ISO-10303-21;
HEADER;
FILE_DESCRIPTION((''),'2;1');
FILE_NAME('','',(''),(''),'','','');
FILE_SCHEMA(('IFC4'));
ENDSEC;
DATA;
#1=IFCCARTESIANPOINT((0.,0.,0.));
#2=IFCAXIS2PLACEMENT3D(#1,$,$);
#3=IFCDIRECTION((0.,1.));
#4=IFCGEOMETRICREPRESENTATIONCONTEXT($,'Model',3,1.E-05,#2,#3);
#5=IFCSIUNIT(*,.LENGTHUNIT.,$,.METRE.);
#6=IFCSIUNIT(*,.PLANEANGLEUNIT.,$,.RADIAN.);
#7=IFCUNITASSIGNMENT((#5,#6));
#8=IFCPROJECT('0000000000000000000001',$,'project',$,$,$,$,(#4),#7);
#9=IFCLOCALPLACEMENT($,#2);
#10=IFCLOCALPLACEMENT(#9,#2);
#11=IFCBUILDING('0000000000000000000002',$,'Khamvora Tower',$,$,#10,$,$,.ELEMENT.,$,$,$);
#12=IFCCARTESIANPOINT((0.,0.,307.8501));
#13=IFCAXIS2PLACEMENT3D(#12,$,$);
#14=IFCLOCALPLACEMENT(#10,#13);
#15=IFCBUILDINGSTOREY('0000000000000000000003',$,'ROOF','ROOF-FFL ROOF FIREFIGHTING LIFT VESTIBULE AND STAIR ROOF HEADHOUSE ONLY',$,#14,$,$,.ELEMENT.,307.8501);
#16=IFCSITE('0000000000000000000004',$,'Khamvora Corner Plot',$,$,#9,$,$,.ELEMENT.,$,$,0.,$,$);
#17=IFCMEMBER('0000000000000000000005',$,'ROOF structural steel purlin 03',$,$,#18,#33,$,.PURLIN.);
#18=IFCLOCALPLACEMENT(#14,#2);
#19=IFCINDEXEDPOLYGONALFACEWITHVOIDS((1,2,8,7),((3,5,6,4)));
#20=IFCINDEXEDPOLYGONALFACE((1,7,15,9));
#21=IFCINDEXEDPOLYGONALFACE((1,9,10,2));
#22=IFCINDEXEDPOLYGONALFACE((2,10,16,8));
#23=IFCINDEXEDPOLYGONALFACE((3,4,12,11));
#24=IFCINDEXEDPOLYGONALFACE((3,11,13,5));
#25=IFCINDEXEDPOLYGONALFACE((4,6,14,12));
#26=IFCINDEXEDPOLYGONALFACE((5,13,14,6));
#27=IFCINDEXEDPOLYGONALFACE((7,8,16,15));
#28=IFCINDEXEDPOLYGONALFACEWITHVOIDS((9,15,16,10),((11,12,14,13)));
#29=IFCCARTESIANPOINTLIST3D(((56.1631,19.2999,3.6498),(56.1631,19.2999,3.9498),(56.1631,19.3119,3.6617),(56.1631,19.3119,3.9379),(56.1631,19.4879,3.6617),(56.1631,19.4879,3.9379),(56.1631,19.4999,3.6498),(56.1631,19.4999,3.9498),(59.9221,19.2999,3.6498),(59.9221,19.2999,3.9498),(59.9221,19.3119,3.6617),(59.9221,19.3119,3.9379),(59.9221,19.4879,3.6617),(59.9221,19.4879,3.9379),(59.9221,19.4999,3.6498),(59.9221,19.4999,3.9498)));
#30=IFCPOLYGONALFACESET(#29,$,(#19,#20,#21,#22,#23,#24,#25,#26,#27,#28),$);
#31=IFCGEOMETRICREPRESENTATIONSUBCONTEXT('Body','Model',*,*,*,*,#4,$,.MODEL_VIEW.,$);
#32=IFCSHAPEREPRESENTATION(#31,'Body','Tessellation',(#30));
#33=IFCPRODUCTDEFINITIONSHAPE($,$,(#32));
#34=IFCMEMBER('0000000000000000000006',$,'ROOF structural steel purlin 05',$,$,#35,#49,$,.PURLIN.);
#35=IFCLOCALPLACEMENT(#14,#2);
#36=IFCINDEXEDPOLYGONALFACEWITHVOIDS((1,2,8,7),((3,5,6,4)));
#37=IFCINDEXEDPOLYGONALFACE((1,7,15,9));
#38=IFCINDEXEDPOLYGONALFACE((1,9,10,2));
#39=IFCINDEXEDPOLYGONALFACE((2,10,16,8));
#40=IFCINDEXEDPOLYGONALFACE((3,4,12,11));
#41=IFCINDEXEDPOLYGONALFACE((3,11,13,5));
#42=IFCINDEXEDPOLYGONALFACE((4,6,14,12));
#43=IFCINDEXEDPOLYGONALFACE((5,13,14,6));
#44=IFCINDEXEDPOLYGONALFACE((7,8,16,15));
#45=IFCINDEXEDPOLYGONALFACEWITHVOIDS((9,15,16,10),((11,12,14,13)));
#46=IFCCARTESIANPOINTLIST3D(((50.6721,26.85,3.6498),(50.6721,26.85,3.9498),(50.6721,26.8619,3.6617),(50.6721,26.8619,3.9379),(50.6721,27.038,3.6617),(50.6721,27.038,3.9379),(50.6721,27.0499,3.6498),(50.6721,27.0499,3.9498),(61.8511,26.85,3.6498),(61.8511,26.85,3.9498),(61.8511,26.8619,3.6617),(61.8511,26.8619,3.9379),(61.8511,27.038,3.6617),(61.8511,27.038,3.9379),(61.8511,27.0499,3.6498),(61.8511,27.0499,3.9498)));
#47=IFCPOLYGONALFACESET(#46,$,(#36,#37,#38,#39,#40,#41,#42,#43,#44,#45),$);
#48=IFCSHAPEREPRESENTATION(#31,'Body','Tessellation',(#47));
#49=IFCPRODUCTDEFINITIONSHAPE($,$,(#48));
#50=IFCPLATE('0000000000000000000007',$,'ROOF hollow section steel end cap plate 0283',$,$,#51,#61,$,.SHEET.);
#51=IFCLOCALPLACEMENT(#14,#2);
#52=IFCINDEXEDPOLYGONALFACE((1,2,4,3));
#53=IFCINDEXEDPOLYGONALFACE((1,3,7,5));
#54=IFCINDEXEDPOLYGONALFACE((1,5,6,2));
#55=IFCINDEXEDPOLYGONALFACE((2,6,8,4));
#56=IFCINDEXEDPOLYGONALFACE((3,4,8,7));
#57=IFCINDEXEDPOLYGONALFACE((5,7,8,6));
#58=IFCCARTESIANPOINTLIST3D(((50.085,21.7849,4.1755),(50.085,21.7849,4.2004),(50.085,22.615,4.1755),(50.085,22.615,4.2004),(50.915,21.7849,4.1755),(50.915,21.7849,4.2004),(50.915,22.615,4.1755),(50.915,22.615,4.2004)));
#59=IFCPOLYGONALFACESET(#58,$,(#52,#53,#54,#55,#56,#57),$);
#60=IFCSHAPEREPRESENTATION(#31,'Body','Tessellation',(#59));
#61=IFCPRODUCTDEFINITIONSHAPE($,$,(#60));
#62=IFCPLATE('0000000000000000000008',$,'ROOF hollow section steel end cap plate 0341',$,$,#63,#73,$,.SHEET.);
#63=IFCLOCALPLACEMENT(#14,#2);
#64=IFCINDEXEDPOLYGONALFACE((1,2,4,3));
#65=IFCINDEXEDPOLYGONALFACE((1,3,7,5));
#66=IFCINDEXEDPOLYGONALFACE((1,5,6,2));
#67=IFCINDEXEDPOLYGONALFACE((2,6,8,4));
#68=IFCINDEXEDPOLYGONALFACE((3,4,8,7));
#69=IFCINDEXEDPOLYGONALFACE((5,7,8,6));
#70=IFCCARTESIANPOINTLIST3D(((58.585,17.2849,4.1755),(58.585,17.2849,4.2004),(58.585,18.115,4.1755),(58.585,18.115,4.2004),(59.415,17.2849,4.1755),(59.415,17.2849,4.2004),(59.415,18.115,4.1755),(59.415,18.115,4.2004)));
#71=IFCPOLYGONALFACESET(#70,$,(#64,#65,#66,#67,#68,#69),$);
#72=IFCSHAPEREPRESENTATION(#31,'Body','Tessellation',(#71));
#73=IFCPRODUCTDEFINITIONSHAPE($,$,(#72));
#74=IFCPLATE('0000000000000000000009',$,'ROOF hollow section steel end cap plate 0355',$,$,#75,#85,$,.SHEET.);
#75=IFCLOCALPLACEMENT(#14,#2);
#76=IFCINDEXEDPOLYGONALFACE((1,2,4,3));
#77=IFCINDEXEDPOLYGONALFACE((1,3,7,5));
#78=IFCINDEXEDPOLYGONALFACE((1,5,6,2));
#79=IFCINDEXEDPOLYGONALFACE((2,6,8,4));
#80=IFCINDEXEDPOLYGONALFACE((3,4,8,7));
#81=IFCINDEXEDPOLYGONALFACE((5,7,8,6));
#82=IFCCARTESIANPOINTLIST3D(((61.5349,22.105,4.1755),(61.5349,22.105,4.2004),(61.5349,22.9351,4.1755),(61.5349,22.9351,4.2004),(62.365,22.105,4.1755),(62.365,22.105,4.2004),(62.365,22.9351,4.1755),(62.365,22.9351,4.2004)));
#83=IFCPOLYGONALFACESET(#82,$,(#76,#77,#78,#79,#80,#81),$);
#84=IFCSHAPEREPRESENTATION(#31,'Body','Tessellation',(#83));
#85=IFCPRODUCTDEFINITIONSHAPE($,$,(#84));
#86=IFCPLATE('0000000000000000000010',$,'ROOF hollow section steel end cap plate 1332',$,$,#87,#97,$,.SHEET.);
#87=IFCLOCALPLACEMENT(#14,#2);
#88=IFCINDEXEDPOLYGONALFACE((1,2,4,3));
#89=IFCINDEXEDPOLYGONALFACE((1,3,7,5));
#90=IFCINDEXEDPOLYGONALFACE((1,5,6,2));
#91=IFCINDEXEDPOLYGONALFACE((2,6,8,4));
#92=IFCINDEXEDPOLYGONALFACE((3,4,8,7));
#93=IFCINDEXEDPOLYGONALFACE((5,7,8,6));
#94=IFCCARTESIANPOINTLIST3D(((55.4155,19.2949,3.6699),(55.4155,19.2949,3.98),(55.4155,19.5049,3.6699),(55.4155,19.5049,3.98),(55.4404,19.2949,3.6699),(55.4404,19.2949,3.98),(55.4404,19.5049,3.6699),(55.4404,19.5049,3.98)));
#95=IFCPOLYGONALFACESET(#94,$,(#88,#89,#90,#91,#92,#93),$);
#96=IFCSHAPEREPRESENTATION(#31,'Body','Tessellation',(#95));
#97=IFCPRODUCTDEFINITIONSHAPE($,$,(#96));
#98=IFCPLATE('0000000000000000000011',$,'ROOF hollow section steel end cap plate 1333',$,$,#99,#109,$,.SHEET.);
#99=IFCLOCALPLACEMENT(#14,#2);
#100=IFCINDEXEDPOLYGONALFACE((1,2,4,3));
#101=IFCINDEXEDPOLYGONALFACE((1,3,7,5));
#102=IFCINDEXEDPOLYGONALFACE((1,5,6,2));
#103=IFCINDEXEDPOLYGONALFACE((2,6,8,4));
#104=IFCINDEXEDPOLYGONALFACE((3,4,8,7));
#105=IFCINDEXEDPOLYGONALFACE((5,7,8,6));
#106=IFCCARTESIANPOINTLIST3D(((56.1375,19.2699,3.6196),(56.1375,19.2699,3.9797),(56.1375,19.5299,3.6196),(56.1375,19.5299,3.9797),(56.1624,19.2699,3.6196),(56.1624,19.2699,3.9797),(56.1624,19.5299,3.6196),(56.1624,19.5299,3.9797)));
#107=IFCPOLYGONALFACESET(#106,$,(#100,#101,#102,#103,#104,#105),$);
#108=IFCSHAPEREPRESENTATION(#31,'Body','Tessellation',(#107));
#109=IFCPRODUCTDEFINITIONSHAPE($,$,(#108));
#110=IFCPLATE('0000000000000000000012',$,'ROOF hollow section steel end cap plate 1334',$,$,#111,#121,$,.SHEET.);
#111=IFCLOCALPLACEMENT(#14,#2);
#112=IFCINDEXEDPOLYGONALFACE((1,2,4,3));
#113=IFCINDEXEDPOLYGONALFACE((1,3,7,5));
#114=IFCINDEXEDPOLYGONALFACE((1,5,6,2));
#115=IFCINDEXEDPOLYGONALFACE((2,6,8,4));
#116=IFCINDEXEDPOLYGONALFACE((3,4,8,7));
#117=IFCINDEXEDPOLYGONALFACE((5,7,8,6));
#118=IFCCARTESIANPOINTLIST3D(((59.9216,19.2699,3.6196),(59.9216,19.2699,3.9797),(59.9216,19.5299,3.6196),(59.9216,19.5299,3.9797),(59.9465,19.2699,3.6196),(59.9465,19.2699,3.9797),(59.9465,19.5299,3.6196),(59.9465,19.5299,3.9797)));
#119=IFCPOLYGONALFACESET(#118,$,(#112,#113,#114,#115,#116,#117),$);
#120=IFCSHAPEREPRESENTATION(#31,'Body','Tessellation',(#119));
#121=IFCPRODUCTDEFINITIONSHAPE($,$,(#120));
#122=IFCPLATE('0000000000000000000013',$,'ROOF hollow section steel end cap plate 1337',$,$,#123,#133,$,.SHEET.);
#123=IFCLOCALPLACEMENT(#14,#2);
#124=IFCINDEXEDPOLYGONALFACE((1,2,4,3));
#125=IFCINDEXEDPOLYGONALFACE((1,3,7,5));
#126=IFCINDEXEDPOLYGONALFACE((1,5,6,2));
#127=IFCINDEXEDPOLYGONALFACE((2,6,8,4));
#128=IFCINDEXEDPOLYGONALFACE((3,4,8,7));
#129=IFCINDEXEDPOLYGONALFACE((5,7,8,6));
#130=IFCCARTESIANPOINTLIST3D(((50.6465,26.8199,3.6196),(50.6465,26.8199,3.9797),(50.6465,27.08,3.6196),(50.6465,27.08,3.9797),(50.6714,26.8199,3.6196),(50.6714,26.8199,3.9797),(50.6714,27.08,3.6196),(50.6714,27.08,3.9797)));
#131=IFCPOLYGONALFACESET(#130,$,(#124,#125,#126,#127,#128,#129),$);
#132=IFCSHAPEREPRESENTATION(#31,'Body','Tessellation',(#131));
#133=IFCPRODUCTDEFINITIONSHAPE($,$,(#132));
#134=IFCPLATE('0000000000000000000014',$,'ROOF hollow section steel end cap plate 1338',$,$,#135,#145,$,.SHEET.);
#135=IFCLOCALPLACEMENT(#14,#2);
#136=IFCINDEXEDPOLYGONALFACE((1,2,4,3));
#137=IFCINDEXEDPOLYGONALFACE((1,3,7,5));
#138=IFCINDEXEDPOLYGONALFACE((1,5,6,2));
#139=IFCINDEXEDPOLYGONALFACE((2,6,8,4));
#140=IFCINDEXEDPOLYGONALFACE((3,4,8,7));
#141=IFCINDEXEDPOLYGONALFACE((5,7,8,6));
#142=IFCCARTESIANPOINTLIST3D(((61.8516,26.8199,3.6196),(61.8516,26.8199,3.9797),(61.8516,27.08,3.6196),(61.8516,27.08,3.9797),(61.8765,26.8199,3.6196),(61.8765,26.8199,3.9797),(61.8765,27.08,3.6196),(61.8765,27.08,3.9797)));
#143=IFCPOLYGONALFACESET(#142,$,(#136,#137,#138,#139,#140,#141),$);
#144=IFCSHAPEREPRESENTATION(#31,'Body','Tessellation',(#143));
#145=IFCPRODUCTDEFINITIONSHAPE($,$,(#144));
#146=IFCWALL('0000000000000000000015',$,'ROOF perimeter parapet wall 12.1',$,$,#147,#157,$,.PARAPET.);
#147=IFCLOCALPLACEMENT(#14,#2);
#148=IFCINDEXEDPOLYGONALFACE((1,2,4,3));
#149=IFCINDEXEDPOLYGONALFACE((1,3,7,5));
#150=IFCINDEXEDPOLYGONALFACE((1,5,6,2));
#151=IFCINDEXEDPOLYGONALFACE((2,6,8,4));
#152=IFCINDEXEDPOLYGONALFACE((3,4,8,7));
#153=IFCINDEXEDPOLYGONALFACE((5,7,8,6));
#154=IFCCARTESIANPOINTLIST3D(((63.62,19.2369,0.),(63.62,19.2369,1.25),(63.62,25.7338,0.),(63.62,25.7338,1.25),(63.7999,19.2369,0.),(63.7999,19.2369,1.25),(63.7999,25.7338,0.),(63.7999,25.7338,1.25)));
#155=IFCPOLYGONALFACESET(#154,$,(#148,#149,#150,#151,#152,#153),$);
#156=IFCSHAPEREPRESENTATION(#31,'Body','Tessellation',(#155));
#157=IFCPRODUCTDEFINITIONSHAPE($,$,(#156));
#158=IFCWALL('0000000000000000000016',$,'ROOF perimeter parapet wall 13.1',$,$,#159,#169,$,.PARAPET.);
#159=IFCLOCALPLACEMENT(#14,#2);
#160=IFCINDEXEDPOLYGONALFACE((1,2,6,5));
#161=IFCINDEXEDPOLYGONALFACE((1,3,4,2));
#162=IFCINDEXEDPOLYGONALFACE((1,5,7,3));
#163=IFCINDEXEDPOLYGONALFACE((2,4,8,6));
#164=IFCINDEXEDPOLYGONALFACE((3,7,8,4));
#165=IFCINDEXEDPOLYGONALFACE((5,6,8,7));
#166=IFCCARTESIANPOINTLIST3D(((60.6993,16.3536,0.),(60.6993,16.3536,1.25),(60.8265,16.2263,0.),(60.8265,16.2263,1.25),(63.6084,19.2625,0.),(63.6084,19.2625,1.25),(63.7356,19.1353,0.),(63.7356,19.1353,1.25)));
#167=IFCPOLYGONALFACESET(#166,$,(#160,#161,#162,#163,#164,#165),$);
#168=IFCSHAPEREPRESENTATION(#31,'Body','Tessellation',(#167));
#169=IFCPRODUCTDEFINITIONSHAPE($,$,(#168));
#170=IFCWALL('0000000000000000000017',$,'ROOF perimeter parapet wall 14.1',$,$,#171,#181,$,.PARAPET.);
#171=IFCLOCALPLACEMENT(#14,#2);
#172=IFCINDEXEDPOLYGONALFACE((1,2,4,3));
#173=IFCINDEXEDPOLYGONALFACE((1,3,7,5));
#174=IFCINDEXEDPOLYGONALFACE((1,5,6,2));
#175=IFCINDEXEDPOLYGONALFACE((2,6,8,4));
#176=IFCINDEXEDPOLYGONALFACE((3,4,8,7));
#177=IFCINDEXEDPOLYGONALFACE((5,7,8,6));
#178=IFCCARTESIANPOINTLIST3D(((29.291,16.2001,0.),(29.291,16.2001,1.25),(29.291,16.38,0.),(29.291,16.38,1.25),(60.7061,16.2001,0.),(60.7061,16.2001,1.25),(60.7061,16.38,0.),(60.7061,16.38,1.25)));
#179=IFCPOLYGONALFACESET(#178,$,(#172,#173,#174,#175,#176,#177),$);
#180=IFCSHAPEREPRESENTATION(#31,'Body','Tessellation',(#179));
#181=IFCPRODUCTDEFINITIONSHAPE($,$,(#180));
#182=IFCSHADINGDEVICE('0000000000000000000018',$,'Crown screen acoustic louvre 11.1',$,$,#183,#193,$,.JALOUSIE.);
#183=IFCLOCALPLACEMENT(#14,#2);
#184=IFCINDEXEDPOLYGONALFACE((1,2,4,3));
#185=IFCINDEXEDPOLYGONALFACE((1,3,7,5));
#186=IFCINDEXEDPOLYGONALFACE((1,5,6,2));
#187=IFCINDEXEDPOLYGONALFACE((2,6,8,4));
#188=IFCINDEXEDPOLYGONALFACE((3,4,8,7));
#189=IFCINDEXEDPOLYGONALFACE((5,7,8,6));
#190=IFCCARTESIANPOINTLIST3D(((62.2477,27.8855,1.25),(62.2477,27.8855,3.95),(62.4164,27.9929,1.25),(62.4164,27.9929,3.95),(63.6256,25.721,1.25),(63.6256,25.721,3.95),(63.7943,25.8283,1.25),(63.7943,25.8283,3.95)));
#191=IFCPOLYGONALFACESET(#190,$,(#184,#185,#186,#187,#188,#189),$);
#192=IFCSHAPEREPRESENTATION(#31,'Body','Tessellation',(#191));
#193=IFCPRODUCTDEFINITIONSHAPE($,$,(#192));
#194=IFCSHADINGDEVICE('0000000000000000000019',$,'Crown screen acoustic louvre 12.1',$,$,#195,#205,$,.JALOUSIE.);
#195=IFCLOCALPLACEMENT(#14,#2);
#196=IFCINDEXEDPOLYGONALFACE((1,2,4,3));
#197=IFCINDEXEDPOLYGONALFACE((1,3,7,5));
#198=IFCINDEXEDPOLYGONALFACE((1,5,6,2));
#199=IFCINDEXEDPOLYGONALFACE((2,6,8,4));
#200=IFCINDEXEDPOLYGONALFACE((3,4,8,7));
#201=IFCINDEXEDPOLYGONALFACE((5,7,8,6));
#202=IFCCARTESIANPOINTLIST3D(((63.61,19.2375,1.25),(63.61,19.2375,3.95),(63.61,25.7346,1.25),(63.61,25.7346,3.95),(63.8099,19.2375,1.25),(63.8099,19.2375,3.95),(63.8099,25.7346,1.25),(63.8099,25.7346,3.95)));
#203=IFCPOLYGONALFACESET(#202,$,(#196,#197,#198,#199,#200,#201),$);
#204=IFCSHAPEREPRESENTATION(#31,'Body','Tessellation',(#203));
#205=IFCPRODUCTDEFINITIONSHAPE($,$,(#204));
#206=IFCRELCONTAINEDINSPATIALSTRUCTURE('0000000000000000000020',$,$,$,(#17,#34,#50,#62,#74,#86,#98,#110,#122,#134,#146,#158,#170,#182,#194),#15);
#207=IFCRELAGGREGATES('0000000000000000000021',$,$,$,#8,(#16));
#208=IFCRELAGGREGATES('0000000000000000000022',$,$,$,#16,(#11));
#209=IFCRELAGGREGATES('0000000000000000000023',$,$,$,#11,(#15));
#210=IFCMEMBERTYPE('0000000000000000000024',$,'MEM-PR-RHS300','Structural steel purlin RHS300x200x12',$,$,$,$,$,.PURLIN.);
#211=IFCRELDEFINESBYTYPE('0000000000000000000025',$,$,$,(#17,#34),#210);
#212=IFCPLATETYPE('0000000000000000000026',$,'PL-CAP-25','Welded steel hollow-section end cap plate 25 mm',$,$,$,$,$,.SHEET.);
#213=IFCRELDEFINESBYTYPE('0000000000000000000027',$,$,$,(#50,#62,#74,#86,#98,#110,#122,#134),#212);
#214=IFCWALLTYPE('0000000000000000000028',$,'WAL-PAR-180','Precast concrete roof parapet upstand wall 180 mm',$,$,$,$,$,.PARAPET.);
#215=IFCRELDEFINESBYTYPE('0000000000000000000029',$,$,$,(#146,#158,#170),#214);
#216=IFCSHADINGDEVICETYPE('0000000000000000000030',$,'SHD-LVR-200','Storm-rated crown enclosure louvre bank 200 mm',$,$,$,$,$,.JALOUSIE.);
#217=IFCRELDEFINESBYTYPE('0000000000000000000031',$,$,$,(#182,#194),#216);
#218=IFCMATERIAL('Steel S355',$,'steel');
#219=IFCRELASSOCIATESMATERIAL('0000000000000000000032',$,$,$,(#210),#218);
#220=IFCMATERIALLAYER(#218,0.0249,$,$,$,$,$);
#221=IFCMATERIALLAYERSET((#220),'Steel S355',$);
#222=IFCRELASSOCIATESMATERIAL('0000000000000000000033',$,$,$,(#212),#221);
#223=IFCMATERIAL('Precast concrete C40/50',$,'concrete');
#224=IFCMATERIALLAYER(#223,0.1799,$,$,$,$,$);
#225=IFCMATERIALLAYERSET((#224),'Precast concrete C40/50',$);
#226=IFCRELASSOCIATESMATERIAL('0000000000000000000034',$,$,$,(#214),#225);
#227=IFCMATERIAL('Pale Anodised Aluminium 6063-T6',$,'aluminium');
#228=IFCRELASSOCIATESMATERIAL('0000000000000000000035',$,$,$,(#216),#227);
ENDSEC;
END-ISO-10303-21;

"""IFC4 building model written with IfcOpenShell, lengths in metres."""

from ifc_helpers import new_model, si_unit, direction, frame, frame_2d, origin, origin_2d, place, context, subcontext, project, spatial, rectangle, hollow_rectangle, extrude, material, layer, layer_set, material_profile, profile_set, type_object, element, save


model = new_model("IFC4")

# Units and contexts
model_context = context("Model", 3, precision=1e-05, world=origin(), true_north=direction((0.0, 1.0)))
body_context = subcontext(model_context, "Body", "Model", "MODEL_VIEW")
ifc_project = project(units=[si_unit("LENGTHUNIT", "METRE"), si_unit("PLANEANGLEUNIT", "RADIAN")], contexts=[model_context])

# Site, building, storey
site_placement = place(None, origin())
site = spatial("IfcSite", under=ifc_project, at=site_placement, Name="Khamvora Corner Plot", CompositionType="ELEMENT", RefElevation=0.0)
building_placement = place(site_placement, origin())
building = spatial("IfcBuilding", under=site, at=building_placement, Name="Khamvora Tower", CompositionType="ELEMENT")
storey_placement = place(building_placement, frame((0.0, 0.0, 307.8501)))
storey = spatial("IfcBuildingStorey", under=building, at=storey_placement, Name="ROOF", Description="ROOF-FFL ROOF FIREFIGHTING LIFT VESTIBULE AND STAIR ROOF HEADHOUSE ONLY", CompositionType="ELEMENT", Elevation=307.8501)

# Shared definitions
ifc_material_1 = material(Name="Steel S355", Category="steel")

# Members
ifc_material_profile_1 = material_profile(ifc_material_1, hollow_rectangle(XDim=0.2, YDim=0.3, WallThickness=0.012, at=origin_2d()), Name="RHS300x200x12")
ifc_profile_set_1 = profile_set([ifc_material_profile_1], Name="Steel S355")
member_type = type_object("IfcMemberType", Name="MEM-PR-RHS300", Description="Structural steel purlin RHS300x200x12", PredefinedType="PURLIN", material=ifc_profile_set_1)
member_1_placement = place(storey_placement, frame((56.1631, 19.3999, 3.7998), z_axis=(1.0, 0.0, 0.0), x_axis=(0.0, 1.0, 0.0)))
element("IfcMember", 1, at=member_1_placement, inside=storey, type_object=member_type, Name="ROOF structural steel purlin 03", PredefinedType="PURLIN", context=body_context, shape_type="SweptSolid", body=[
    extrude(hollow_rectangle(XDim=0.2, YDim=0.3, WallThickness=0.012, at=origin_2d()), origin(), (0.0, 0.0, 1.0), 3.759),
])
member_2_placement = place(storey_placement, frame((50.6721, 26.95, 3.7998), z_axis=(1.0, 0.0, 0.0), x_axis=(0.0, 1.0, 0.0)))
element("IfcMember", 2, at=member_2_placement, inside=storey, type_object=member_type, Name="ROOF structural steel purlin 05", PredefinedType="PURLIN", context=body_context, shape_type="SweptSolid", body=[
    extrude(hollow_rectangle(XDim=0.2, YDim=0.3, WallThickness=0.012, at=origin_2d()), origin(), (0.0, 0.0, 1.0), 11.179),
])

# Plates
ifc_layer_1 = layer(ifc_material_1, 0.0249)
ifc_layer_set_1 = layer_set([ifc_layer_1], Name="Steel S355")
plate_type = type_object("IfcPlateType", Name="PL-CAP-25", Description="Welded steel hollow-section end cap plate 25 mm", PredefinedType="SHEET", material=ifc_layer_set_1)
for number, where, z_axis, x_axis, name in (
    (3, (50.5, 22.2, 4.1755), (0.0, 0.0, 1.0), (1.0, 0.0, 0.0), "ROOF hollow section steel end cap plate 0283"),
    (4, (59.0, 17.7, 4.1755), (0.0, 0.0, 1.0), (1.0, 0.0, 0.0), "ROOF hollow section steel end cap plate 0341"),
    (5, (61.95, 22.52, 4.1755), (0.0, 0.0, 1.0), (1.0, 0.0, 0.0), "ROOF hollow section steel end cap plate 0355"),
):
    element("IfcPlate", number, at=place(storey_placement, frame(where, z_axis=z_axis, x_axis=x_axis)), inside=storey, type_object=plate_type, Name=name, PredefinedType="SHEET", context=body_context, shape_type="SweptSolid", body=[
        extrude(rectangle(XDim=0.8301, YDim=0.8301, at=origin_2d()), origin(), (0.0, 0.0, 1.0), 0.0249),
    ])
plate_placement = place(storey_placement, frame((55.428, 19.3999, 3.6699), z_axis=(0.0, 0.0, 1.0), x_axis=(1.0, 0.0, 0.0)))
element("IfcPlate", 6, at=plate_placement, inside=storey, type_object=plate_type, Name="ROOF hollow section steel end cap plate 1332", PredefinedType="SHEET", context=body_context, shape_type="SweptSolid", body=[
    extrude(rectangle(XDim=0.0249, YDim=0.21, at=origin_2d()), origin(), (0.0, 0.0, 1.0), 0.3101),
])
for number, where, z_axis, x_axis, name in (
    (7, (56.1499, 19.3999, 3.6196), (0.0, 0.0, 1.0), (1.0, 0.0, 0.0), "ROOF hollow section steel end cap plate 1333"),
    (8, (59.9341, 19.3999, 3.6196), (0.0, 0.0, 1.0), (1.0, 0.0, 0.0), "ROOF hollow section steel end cap plate 1334"),
    (9, (50.6589, 26.95, 3.6196), (0.0, 0.0, 1.0), (1.0, 0.0, 0.0), "ROOF hollow section steel end cap plate 1337"),
    (10, (61.864, 26.95, 3.6196), (0.0, 0.0, 1.0), (1.0, 0.0, 0.0), "ROOF hollow section steel end cap plate 1338"),
):
    element("IfcPlate", number, at=place(storey_placement, frame(where, z_axis=z_axis, x_axis=x_axis)), inside=storey, type_object=plate_type, Name=name, PredefinedType="SHEET", context=body_context, shape_type="SweptSolid", body=[
        extrude(rectangle(XDim=0.0249, YDim=0.26, at=origin_2d()), origin(), (0.0, 0.0, 1.0), 0.3601),
    ])

# Walls
ifc_material_2 = material(Name="Precast concrete C40/50", Category="concrete")
ifc_layer_2 = layer(ifc_material_2, 0.1799)
ifc_layer_set_2 = layer_set([ifc_layer_2], Name="Precast concrete C40/50")
wall_type = type_object("IfcWallType", Name="WAL-PAR-180", Description="Precast concrete roof parapet upstand wall 180 mm", PredefinedType="PARAPET", material=ifc_layer_set_2)
wall_1_placement = place(storey_placement, frame((63.71, 25.7339, 0.0), z_axis=(0.0, 0.0, 1.0), x_axis=(0.0, -1.0, 0.0)))
element("IfcWall", 11, at=wall_1_placement, inside=storey, type_object=wall_type, Name="ROOF perimeter parapet wall 12.1", PredefinedType="PARAPET", context=body_context, shape_type="SweptSolid", body=[
    extrude(rectangle(XDim=6.4968, YDim=0.1799, at=frame_2d((3.2485, 0.0))), origin(), (0.0, 0.0, 1.0), 1.25),
])
wall_2_placement = place(storey_placement, frame((63.6721, 19.199, 0.0), z_axis=(0.0, 0.0, 1.0), x_axis=(-0.707136, -0.707077, 0.0)))
element("IfcWall", 12, at=wall_2_placement, inside=storey, type_object=wall_type, Name="ROOF perimeter parapet wall 13.1", PredefinedType="PARAPET", context=body_context, shape_type="SweptSolid", body=[
    extrude(rectangle(XDim=4.114, YDim=0.1799, at=frame_2d((2.0571, 0.0))), origin(), (0.0, 0.0, 1.0), 1.25),
])
wall_3_placement = place(storey_placement, frame((60.7061, 16.29, 0.0), z_axis=(0.0, 0.0, 1.0), x_axis=(-1.0, 0.0, 0.0)))
element("IfcWall", 13, at=wall_3_placement, inside=storey, type_object=wall_type, Name="ROOF perimeter parapet wall 14.1", PredefinedType="PARAPET", context=body_context, shape_type="SweptSolid", body=[
    extrude(rectangle(XDim=31.415, YDim=0.1799, at=frame_2d((15.7075, 0.0))), origin(), (0.0, 0.0, 1.0), 1.25),
])

# Shading devices
ifc_material_3 = material(Name="Pale Anodised Aluminium 6063-T6", Category="aluminium")
shading_device_type = type_object("IfcShadingDeviceType", Name="SHD-LVR-200", Description="Storm-rated crown enclosure louvre bank 200 mm", PredefinedType="JALOUSIE", material=ifc_material_3)
shading_device_1_placement = place(storey_placement, frame((63.021, 26.8569, 1.25), z_axis=(0.0, 0.0, 1.0), x_axis=(0.536998, -0.843583, 0.0)))
element("IfcShadingDevice", 14, at=shading_device_1_placement, inside=storey, type_object=shading_device_type, Name="Crown screen acoustic louvre 11.1", PredefinedType="JALOUSIE", context=body_context, shape_type="SweptSolid", body=[
    extrude(rectangle(XDim=2.5659, YDim=0.2, at=origin_2d()), origin(), (0.0, 0.0, 1.0), 2.7),
])
shading_device_2_placement = place(storey_placement, frame((63.71, 22.4861, 1.25), z_axis=(0.0, 0.0, 1.0), x_axis=(0.0, -1.0, 0.0)))
element("IfcShadingDevice", 15, at=shading_device_2_placement, inside=storey, type_object=shading_device_type, Name="Crown screen acoustic louvre 12.1", PredefinedType="JALOUSIE", context=body_context, shape_type="SweptSolid", body=[
    extrude(rectangle(XDim=6.4971, YDim=0.2, at=origin_2d()), origin(), (0.0, 0.0, 1.0), 2.7),
])

save(model, "model.ifc")
